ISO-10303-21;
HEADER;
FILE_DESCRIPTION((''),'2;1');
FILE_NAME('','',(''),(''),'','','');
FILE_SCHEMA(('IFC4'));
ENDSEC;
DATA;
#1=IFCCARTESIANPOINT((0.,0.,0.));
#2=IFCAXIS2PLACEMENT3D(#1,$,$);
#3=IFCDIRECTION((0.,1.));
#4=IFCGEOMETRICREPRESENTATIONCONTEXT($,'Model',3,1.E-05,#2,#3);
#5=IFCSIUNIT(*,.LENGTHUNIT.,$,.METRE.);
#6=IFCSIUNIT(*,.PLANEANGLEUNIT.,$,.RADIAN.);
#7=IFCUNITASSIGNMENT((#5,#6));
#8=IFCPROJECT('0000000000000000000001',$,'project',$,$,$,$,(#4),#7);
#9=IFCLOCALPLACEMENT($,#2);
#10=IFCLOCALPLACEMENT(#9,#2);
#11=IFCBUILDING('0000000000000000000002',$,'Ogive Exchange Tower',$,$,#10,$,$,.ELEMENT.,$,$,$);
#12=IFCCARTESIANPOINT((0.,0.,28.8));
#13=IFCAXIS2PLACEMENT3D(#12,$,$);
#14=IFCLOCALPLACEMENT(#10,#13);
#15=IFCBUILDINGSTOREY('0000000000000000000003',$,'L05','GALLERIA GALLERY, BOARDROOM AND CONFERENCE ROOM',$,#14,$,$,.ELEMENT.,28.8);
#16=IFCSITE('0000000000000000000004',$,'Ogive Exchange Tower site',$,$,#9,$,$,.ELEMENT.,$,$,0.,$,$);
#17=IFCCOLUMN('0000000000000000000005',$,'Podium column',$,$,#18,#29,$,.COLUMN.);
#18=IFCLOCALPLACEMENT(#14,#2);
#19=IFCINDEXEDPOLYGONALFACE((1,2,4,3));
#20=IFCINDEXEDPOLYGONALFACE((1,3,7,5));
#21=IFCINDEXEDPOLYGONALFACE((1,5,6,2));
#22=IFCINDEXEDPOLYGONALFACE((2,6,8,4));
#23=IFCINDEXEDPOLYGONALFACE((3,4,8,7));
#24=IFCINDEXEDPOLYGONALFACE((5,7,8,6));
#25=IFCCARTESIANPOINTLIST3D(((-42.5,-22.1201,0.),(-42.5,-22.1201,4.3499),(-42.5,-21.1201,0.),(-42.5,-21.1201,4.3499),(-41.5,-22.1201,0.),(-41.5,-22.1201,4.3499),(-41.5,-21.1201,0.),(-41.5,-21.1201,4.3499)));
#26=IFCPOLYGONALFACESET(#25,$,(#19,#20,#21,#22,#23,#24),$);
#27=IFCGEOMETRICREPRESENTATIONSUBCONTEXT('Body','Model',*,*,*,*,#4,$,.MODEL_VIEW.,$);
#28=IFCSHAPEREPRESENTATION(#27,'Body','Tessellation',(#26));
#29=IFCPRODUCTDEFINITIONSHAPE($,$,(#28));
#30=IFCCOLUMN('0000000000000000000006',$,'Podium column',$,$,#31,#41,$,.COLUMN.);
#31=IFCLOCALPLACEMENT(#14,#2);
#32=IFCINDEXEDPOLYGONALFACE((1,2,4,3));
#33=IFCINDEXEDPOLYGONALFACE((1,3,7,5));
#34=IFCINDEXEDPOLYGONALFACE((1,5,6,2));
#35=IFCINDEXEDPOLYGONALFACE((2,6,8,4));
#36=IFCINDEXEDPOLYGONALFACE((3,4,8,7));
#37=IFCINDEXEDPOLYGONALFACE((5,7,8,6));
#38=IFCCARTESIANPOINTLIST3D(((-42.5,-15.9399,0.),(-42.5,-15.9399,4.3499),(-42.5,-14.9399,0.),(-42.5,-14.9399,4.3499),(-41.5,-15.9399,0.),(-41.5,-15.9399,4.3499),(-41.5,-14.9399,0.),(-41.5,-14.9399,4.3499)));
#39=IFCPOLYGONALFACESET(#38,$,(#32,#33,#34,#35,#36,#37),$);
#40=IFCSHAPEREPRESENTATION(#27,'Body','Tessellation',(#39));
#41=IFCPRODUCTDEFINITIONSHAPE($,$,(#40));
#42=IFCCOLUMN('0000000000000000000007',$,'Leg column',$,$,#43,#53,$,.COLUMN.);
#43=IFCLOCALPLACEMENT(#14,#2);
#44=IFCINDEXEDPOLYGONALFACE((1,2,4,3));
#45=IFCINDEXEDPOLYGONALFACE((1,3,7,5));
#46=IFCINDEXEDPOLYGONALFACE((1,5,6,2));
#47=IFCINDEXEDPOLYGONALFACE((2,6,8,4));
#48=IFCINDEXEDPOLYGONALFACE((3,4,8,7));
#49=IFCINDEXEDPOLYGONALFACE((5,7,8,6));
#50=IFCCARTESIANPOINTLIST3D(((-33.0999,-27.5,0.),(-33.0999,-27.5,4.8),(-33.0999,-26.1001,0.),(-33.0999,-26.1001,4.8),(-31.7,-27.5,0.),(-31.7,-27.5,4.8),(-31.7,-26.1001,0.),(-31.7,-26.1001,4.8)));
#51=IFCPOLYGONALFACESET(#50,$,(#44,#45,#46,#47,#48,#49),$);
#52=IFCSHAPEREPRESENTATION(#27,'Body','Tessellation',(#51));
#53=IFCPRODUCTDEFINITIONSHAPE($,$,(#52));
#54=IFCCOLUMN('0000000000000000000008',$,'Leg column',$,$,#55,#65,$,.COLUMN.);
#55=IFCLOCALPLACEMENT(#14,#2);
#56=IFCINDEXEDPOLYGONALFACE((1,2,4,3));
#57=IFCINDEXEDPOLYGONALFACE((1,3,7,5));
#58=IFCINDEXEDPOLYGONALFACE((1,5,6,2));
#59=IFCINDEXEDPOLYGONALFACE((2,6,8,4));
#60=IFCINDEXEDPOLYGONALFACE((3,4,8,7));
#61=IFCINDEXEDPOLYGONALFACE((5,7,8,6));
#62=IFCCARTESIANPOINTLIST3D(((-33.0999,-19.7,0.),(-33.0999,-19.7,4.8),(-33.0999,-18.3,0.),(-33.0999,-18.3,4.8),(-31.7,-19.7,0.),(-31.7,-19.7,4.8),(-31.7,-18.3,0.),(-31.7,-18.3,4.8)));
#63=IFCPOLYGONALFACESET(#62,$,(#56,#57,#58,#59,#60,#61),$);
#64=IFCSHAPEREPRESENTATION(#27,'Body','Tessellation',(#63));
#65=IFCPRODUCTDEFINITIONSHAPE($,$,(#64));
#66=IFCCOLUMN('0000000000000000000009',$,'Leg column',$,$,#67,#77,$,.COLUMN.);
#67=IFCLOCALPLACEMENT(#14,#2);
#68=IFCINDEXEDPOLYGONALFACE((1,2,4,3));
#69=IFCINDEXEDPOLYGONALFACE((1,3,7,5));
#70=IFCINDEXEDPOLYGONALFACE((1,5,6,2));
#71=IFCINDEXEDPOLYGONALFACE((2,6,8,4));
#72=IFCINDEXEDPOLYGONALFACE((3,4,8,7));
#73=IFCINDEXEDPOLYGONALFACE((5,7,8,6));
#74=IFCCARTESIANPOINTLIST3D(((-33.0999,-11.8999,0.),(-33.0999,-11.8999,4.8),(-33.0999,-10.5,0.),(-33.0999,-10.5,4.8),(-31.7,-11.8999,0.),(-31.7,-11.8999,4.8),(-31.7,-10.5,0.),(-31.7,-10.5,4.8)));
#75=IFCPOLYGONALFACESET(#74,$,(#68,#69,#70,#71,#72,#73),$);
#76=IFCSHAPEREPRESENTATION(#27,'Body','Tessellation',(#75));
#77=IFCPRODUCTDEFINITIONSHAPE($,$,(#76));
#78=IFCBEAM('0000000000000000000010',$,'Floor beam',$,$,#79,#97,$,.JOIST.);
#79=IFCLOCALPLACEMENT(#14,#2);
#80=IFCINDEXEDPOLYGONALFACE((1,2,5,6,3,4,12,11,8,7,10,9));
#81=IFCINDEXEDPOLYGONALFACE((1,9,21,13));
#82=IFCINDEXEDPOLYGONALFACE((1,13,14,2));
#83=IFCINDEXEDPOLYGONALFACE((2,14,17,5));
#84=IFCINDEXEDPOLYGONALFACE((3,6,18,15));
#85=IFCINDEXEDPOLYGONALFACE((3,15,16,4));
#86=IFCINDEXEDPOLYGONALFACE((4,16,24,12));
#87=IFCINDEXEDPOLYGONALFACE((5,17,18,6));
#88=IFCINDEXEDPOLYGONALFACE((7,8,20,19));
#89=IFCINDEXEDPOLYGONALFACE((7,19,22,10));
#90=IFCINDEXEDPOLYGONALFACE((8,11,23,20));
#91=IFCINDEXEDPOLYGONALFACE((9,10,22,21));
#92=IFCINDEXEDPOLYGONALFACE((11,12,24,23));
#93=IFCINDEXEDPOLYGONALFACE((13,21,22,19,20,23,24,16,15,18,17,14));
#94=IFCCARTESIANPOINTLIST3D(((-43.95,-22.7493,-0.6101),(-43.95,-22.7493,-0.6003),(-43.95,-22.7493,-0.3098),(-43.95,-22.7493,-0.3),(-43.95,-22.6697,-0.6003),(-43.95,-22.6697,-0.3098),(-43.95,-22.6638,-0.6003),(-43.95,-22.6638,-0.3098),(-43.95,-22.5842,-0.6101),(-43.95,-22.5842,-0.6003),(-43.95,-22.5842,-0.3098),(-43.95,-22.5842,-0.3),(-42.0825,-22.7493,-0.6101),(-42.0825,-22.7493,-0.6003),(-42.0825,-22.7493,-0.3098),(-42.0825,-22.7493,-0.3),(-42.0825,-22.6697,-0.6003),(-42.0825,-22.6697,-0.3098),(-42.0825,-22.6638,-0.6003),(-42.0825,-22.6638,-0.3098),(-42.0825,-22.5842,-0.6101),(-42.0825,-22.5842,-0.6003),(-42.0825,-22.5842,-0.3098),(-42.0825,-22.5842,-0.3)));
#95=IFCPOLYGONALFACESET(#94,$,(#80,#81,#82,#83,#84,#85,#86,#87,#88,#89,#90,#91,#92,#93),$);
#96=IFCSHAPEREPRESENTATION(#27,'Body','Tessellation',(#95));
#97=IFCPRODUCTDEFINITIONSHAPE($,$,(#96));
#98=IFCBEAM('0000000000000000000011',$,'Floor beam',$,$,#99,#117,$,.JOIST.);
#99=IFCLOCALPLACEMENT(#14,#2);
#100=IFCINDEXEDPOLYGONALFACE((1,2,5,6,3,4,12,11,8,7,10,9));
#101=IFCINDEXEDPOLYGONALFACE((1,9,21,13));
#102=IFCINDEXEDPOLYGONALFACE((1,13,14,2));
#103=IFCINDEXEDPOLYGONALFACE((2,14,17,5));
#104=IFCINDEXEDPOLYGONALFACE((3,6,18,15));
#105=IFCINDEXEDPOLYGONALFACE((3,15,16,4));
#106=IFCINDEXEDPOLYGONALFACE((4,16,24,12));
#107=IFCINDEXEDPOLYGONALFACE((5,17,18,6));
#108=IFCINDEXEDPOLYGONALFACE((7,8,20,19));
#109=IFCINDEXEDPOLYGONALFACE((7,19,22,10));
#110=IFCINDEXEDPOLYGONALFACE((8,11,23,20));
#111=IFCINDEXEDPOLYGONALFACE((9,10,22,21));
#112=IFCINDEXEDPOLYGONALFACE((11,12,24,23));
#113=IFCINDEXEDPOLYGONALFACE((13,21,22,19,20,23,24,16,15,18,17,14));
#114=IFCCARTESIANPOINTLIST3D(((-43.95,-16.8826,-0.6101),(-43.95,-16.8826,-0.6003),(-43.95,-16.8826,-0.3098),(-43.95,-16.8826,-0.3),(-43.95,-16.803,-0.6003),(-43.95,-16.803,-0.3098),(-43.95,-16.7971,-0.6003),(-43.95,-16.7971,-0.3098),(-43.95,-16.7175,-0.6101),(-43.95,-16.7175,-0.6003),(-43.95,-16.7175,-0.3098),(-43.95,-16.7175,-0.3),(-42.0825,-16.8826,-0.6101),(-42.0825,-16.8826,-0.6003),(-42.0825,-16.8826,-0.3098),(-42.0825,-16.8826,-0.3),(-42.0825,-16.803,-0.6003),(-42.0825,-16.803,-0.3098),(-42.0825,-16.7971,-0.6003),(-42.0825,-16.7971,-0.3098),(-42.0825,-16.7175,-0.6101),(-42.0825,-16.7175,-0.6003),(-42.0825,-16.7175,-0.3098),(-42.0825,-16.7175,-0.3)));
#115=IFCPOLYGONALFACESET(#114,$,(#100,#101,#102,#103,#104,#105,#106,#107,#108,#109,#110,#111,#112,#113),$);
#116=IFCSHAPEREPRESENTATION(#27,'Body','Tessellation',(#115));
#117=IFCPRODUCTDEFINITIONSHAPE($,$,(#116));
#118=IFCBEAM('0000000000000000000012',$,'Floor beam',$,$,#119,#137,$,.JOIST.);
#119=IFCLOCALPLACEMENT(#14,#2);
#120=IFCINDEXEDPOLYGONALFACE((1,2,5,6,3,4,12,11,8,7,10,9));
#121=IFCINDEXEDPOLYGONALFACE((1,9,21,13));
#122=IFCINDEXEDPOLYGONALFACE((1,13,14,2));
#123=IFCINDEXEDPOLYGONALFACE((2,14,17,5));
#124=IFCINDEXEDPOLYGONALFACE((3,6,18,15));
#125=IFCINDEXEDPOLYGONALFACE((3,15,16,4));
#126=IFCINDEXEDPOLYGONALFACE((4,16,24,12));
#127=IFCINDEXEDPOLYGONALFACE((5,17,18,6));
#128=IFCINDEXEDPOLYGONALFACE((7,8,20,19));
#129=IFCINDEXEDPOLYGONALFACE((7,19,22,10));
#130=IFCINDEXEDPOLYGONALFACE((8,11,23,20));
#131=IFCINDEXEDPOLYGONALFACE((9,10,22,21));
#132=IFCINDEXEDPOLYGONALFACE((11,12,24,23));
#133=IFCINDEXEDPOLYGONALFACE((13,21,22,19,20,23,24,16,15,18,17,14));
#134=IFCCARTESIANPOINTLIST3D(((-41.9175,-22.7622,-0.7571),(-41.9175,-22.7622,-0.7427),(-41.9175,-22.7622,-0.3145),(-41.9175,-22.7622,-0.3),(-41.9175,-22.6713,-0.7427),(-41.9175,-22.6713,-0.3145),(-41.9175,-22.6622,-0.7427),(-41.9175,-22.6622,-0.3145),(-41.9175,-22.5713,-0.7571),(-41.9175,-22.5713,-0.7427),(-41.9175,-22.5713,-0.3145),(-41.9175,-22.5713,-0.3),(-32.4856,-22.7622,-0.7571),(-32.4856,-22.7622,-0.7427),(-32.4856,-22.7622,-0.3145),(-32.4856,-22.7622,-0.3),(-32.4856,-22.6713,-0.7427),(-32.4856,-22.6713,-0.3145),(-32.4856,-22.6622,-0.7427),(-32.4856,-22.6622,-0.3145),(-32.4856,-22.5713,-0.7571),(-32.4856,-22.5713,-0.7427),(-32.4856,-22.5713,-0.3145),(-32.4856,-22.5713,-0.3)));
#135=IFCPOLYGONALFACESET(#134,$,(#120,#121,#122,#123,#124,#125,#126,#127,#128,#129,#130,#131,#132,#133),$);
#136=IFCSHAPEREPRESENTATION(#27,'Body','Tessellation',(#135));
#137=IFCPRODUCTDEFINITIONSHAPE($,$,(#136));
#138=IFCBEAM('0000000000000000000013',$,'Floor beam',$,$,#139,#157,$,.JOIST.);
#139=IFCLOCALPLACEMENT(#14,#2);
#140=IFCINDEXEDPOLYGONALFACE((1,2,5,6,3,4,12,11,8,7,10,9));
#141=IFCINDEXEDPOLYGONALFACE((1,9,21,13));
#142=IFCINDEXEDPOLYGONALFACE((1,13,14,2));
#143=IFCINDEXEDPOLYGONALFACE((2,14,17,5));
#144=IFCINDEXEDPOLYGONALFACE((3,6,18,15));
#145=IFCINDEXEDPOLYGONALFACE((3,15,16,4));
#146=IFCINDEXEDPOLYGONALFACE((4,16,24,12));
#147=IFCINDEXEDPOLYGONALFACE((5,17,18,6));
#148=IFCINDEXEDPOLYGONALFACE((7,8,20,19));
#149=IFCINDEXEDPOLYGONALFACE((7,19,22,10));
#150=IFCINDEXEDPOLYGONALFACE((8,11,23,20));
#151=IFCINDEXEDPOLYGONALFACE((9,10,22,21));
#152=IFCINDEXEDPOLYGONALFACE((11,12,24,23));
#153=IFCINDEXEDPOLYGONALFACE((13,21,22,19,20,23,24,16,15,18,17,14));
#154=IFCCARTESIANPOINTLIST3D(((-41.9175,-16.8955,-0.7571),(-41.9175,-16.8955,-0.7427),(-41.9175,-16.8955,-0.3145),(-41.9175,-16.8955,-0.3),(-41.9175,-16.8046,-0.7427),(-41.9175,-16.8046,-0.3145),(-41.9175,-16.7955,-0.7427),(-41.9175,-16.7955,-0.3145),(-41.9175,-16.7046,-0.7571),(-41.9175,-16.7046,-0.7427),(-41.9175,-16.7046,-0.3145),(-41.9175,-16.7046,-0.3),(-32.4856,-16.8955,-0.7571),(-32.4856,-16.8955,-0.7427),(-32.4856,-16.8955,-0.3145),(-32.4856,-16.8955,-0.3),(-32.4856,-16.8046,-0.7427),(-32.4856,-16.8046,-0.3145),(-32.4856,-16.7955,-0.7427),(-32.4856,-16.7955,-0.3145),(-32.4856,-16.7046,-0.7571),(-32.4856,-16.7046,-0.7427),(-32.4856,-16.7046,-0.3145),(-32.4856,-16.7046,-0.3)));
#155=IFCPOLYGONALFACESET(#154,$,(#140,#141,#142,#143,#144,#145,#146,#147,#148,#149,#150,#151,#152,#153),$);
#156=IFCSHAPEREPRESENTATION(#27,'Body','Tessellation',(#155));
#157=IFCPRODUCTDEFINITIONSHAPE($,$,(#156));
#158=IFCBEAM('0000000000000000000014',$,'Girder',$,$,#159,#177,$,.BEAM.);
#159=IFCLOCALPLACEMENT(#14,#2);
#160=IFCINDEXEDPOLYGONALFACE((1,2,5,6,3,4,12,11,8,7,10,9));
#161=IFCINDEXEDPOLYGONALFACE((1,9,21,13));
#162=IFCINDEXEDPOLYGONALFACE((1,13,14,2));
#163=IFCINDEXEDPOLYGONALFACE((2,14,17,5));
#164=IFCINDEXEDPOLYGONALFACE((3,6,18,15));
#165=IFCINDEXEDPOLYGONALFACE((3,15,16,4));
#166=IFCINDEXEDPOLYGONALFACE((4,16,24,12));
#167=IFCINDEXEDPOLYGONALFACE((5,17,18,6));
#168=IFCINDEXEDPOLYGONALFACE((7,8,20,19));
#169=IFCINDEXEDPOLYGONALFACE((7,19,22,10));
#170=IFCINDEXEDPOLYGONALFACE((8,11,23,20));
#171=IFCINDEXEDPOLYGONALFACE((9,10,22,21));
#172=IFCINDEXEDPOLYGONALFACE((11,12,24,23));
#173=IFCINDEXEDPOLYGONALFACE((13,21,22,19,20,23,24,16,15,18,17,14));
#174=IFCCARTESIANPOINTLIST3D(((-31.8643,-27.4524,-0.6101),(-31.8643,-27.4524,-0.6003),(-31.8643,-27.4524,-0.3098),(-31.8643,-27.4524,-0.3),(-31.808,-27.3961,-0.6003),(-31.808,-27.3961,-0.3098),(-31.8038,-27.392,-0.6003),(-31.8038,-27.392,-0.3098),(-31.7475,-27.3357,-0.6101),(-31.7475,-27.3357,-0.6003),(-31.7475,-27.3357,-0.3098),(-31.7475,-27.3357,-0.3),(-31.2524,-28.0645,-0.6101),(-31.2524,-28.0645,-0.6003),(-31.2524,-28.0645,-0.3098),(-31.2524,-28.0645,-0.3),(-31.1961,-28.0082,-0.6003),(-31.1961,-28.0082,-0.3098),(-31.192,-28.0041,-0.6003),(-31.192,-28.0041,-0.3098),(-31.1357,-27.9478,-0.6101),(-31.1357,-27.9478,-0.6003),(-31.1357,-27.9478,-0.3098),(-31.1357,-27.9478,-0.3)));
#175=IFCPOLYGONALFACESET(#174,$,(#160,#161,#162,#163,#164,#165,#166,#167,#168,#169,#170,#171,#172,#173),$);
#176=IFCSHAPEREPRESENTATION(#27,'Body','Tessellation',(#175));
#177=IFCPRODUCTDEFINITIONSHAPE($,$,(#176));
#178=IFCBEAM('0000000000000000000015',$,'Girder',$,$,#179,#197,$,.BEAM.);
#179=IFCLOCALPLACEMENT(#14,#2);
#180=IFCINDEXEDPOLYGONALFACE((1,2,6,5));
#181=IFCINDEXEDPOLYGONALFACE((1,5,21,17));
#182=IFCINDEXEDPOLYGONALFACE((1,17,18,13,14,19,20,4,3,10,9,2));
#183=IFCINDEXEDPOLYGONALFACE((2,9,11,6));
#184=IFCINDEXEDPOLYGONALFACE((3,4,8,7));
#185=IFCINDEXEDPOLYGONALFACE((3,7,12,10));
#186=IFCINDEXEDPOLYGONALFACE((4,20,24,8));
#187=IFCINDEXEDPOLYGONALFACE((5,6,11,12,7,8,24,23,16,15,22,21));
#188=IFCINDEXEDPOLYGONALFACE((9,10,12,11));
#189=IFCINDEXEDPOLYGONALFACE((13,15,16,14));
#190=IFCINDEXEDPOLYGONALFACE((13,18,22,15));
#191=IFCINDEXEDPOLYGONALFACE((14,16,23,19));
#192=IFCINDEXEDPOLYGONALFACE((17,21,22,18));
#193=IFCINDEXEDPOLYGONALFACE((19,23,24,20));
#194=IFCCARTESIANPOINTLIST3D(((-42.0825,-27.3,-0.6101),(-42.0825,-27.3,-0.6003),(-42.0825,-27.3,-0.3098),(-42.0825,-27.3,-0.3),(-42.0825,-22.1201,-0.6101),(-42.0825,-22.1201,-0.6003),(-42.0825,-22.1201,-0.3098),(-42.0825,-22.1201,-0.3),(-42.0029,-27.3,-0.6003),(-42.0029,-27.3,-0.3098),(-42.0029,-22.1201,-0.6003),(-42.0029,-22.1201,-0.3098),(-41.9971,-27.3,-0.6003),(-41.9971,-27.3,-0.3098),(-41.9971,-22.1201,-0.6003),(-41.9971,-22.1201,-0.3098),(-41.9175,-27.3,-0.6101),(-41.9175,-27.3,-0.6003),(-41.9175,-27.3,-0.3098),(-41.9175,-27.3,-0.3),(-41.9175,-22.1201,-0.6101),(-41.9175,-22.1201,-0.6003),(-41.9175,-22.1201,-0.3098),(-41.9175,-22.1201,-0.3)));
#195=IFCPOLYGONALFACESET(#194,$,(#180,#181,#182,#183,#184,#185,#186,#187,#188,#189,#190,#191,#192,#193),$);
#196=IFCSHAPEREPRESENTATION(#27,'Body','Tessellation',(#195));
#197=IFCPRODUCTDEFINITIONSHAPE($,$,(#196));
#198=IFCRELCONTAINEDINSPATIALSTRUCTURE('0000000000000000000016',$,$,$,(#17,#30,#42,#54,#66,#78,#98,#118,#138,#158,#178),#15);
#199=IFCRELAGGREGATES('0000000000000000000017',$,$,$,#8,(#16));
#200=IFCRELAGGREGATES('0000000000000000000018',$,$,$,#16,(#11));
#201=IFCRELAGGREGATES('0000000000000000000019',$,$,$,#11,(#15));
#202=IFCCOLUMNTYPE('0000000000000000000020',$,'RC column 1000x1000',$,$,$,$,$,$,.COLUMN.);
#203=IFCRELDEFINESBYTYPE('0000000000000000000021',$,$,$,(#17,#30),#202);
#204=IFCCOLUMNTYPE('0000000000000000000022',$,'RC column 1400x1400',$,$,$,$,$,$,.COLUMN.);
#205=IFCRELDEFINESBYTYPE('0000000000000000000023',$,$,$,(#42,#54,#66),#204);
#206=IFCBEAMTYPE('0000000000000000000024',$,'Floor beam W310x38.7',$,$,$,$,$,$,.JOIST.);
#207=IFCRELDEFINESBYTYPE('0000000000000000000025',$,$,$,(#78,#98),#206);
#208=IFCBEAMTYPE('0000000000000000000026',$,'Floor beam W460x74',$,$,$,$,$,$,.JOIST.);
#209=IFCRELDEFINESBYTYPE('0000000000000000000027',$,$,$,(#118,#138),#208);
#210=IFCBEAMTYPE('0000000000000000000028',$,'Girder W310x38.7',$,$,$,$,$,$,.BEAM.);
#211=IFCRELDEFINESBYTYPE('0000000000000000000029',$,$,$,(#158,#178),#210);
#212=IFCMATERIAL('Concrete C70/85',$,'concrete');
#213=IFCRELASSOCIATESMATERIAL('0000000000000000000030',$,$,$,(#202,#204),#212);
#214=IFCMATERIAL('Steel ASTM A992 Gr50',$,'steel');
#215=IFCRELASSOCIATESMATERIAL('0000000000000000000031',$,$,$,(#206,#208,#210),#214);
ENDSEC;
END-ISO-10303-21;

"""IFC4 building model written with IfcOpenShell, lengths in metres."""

from ifc_helpers import new_model, si_unit, direction, frame, origin, origin_2d, place, context, subcontext, project, spatial, rectangle, i_section, extrude, material, material_profile, profile_set, type_object, element, save


model = new_model("IFC4")

# Units and contexts
model_context = context("Model", 3, precision=1e-05, world=origin(), true_north=direction((0.0, 1.0)))
body_context = subcontext(model_context, "Body", "Model", "MODEL_VIEW")
ifc_project = project(units=[si_unit("LENGTHUNIT", "METRE"), si_unit("PLANEANGLEUNIT", "RADIAN")], contexts=[model_context])

# Site, building, storey
site_placement = place(None, origin())
site = spatial("IfcSite", under=ifc_project, at=site_placement, Name="Ogive Exchange Tower site", CompositionType="ELEMENT", RefElevation=0.0)
building_placement = place(site_placement, origin())
building = spatial("IfcBuilding", under=site, at=building_placement, Name="Ogive Exchange Tower", CompositionType="ELEMENT")
storey_placement = place(building_placement, frame((0.0, 0.0, 28.8)))
storey = spatial("IfcBuildingStorey", under=building, at=storey_placement, Name="L05", Description="GALLERIA GALLERY, BOARDROOM AND CONFERENCE ROOM", CompositionType="ELEMENT", Elevation=28.8)

# Columns
ifc_material_1 = material(Name="Concrete C70/85", Category="concrete")
ifc_material_profile_1 = material_profile(ifc_material_1, rectangle(XDim=1.0, YDim=1.0, at=origin_2d()), Name="RC 1000x1000")
ifc_profile_set_1 = profile_set([ifc_material_profile_1], Name="Concrete C70/85")
column_type_1 = type_object("IfcColumnType", Name="RC column 1000x1000", PredefinedType="COLUMN", material=ifc_profile_set_1)
for number, where, z_axis, x_axis, name in (
    (1, (-42.0, -21.6201, 0.0), (0.0, 0.0, 1.0), (1.0, 0.0, 0.0), "Podium column"),
    (2, (-42.0, -15.4399, 0.0), (0.0, 0.0, 1.0), (1.0, 0.0, 0.0), "Podium column"),
):
    element("IfcColumn", number, at=place(storey_placement, frame(where, z_axis=z_axis, x_axis=x_axis)), inside=storey, type_object=column_type_1, Name=name, PredefinedType="COLUMN", context=body_context, shape_type="SweptSolid", body=[
        extrude(rectangle(XDim=1.0, YDim=1.0, at=origin_2d()), origin(), (0.0, 0.0, 1.0), 4.3499),
    ])
ifc_material_profile_2 = material_profile(ifc_material_1, rectangle(XDim=1.3999, YDim=1.3999, at=origin_2d()), Name="RC 1400x1400")
ifc_profile_set_2 = profile_set([ifc_material_profile_2], Name="Concrete C70/85")
column_type_2 = type_object("IfcColumnType", Name="RC column 1400x1400", PredefinedType="COLUMN", material=ifc_profile_set_2)
for number, where, z_axis, x_axis, name in (
    (3, (-32.3999, -26.8, 0.0), (0.0, 0.0, 1.0), (1.0, 0.0, 0.0), "Leg column"),
    (4, (-32.3999, -19.0, 0.0), (0.0, 0.0, 1.0), (1.0, 0.0, 0.0), "Leg column"),
    (5, (-32.3999, -11.2, 0.0), (0.0, 0.0, 1.0), (1.0, 0.0, 0.0), "Leg column"),
):
    element("IfcColumn", number, at=place(storey_placement, frame(where, z_axis=z_axis, x_axis=x_axis)), inside=storey, type_object=column_type_2, Name=name, PredefinedType="COLUMN", context=body_context, shape_type="SweptSolid", body=[
        extrude(rectangle(XDim=1.3999, YDim=1.3999, at=origin_2d()), origin(), (0.0, 0.0, 1.0), 4.8),
    ])

# Beams
ifc_material_2 = material(Name="Steel ASTM A992 Gr50", Category="steel")
ifc_material_profile_3 = material_profile(ifc_material_2, i_section(OverallWidth=0.165, OverallDepth=0.3101, WebThickness=0.0059, FlangeThickness=0.0098, at=origin_2d()), Name="W310x38.7")
ifc_profile_set_3 = profile_set([ifc_material_profile_3], Name="Steel ASTM A992 Gr50")
beam_type_1 = type_object("IfcBeamType", Name="Floor beam W310x38.7", PredefinedType="JOIST", material=ifc_profile_set_3)
for number, where, z_axis, x_axis, name in (
    (6, (-43.95, -22.6667, -0.4551), (1.0, 0.0, 0.0), (0.0, 1.0, 0.0), "Floor beam"),
    (7, (-43.95, -16.8, -0.4551), (1.0, 0.0, 0.0), (0.0, 1.0, 0.0), "Floor beam"),
):
    element("IfcBeam", number, at=place(storey_placement, frame(where, z_axis=z_axis, x_axis=x_axis)), inside=storey, type_object=beam_type_1, Name=name, PredefinedType="JOIST", context=body_context, shape_type="SweptSolid", body=[
        extrude(i_section(OverallWidth=0.165, OverallDepth=0.3101, WebThickness=0.0059, FlangeThickness=0.0098, at=origin_2d()), origin(), (0.0, 0.0, 1.0), 1.8674),
    ])
ifc_material_profile_4 = material_profile(ifc_material_2, i_section(OverallWidth=0.1909, OverallDepth=0.457, WebThickness=0.009, FlangeThickness=0.0144, at=origin_2d()), Name="W460x74")
ifc_profile_set_4 = profile_set([ifc_material_profile_4], Name="Steel ASTM A992 Gr50")
beam_type_2 = type_object("IfcBeamType", Name="Floor beam W460x74", PredefinedType="JOIST", material=ifc_profile_set_4)
for number, where, z_axis, x_axis, name in (
    (8, (-41.9175, -22.6667, -0.5286), (1.0, 0.0, 0.0), (0.0, 1.0, 0.0), "Floor beam"),
    (9, (-41.9175, -16.8, -0.5286), (1.0, 0.0, 0.0), (0.0, 1.0, 0.0), "Floor beam"),
):
    element("IfcBeam", number, at=place(storey_placement, frame(where, z_axis=z_axis, x_axis=x_axis)), inside=storey, type_object=beam_type_2, Name=name, PredefinedType="JOIST", context=body_context, shape_type="SweptSolid", body=[
        extrude(i_section(OverallWidth=0.1909, OverallDepth=0.457, WebThickness=0.009, FlangeThickness=0.0144, at=origin_2d()), origin(), (0.0, 0.0, 1.0), 9.4319),
    ])
ifc_material_profile_5 = material_profile(ifc_material_2, i_section(OverallWidth=0.165, OverallDepth=0.3101, WebThickness=0.0059, FlangeThickness=0.0098, at=origin_2d()), Name="W310x38.7")
ifc_profile_set_5 = profile_set([ifc_material_profile_5], Name="Steel ASTM A992 Gr50")
beam_type_3 = type_object("IfcBeamType", Name="Girder W310x38.7", PredefinedType="BEAM", material=ifc_profile_set_5)
beam_1_placement = place(storey_placement, frame((-31.8059, -27.394, -0.4551), z_axis=(0.706966, -0.707248, 0.0), x_axis=(0.707248, 0.706966, 0.0)))
element("IfcBeam", 10, at=beam_1_placement, inside=storey, type_object=beam_type_3, Name="Girder", PredefinedType="BEAM", context=body_context, shape_type="SweptSolid", body=[
    extrude(i_section(OverallWidth=0.165, OverallDepth=0.3101, WebThickness=0.0059, FlangeThickness=0.0098, at=origin_2d()), origin(), (0.0, 0.0, 1.0), 0.8655),
])
beam_2_placement = place(storey_placement, frame((-42.0, -27.3, -0.4551), z_axis=(0.0, 1.0, 0.0), x_axis=(-1.0, 0.0, 0.0)))
element("IfcBeam", 11, at=beam_2_placement, inside=storey, type_object=beam_type_3, Name="Girder", PredefinedType="BEAM", context=body_context, shape_type="SweptSolid", body=[
    extrude(i_section(OverallWidth=0.165, OverallDepth=0.3101, WebThickness=0.0059, FlangeThickness=0.0098, at=origin_2d()), origin(), (0.0, 0.0, 1.0), 5.1799),
])

save(model, "model.ifc")
